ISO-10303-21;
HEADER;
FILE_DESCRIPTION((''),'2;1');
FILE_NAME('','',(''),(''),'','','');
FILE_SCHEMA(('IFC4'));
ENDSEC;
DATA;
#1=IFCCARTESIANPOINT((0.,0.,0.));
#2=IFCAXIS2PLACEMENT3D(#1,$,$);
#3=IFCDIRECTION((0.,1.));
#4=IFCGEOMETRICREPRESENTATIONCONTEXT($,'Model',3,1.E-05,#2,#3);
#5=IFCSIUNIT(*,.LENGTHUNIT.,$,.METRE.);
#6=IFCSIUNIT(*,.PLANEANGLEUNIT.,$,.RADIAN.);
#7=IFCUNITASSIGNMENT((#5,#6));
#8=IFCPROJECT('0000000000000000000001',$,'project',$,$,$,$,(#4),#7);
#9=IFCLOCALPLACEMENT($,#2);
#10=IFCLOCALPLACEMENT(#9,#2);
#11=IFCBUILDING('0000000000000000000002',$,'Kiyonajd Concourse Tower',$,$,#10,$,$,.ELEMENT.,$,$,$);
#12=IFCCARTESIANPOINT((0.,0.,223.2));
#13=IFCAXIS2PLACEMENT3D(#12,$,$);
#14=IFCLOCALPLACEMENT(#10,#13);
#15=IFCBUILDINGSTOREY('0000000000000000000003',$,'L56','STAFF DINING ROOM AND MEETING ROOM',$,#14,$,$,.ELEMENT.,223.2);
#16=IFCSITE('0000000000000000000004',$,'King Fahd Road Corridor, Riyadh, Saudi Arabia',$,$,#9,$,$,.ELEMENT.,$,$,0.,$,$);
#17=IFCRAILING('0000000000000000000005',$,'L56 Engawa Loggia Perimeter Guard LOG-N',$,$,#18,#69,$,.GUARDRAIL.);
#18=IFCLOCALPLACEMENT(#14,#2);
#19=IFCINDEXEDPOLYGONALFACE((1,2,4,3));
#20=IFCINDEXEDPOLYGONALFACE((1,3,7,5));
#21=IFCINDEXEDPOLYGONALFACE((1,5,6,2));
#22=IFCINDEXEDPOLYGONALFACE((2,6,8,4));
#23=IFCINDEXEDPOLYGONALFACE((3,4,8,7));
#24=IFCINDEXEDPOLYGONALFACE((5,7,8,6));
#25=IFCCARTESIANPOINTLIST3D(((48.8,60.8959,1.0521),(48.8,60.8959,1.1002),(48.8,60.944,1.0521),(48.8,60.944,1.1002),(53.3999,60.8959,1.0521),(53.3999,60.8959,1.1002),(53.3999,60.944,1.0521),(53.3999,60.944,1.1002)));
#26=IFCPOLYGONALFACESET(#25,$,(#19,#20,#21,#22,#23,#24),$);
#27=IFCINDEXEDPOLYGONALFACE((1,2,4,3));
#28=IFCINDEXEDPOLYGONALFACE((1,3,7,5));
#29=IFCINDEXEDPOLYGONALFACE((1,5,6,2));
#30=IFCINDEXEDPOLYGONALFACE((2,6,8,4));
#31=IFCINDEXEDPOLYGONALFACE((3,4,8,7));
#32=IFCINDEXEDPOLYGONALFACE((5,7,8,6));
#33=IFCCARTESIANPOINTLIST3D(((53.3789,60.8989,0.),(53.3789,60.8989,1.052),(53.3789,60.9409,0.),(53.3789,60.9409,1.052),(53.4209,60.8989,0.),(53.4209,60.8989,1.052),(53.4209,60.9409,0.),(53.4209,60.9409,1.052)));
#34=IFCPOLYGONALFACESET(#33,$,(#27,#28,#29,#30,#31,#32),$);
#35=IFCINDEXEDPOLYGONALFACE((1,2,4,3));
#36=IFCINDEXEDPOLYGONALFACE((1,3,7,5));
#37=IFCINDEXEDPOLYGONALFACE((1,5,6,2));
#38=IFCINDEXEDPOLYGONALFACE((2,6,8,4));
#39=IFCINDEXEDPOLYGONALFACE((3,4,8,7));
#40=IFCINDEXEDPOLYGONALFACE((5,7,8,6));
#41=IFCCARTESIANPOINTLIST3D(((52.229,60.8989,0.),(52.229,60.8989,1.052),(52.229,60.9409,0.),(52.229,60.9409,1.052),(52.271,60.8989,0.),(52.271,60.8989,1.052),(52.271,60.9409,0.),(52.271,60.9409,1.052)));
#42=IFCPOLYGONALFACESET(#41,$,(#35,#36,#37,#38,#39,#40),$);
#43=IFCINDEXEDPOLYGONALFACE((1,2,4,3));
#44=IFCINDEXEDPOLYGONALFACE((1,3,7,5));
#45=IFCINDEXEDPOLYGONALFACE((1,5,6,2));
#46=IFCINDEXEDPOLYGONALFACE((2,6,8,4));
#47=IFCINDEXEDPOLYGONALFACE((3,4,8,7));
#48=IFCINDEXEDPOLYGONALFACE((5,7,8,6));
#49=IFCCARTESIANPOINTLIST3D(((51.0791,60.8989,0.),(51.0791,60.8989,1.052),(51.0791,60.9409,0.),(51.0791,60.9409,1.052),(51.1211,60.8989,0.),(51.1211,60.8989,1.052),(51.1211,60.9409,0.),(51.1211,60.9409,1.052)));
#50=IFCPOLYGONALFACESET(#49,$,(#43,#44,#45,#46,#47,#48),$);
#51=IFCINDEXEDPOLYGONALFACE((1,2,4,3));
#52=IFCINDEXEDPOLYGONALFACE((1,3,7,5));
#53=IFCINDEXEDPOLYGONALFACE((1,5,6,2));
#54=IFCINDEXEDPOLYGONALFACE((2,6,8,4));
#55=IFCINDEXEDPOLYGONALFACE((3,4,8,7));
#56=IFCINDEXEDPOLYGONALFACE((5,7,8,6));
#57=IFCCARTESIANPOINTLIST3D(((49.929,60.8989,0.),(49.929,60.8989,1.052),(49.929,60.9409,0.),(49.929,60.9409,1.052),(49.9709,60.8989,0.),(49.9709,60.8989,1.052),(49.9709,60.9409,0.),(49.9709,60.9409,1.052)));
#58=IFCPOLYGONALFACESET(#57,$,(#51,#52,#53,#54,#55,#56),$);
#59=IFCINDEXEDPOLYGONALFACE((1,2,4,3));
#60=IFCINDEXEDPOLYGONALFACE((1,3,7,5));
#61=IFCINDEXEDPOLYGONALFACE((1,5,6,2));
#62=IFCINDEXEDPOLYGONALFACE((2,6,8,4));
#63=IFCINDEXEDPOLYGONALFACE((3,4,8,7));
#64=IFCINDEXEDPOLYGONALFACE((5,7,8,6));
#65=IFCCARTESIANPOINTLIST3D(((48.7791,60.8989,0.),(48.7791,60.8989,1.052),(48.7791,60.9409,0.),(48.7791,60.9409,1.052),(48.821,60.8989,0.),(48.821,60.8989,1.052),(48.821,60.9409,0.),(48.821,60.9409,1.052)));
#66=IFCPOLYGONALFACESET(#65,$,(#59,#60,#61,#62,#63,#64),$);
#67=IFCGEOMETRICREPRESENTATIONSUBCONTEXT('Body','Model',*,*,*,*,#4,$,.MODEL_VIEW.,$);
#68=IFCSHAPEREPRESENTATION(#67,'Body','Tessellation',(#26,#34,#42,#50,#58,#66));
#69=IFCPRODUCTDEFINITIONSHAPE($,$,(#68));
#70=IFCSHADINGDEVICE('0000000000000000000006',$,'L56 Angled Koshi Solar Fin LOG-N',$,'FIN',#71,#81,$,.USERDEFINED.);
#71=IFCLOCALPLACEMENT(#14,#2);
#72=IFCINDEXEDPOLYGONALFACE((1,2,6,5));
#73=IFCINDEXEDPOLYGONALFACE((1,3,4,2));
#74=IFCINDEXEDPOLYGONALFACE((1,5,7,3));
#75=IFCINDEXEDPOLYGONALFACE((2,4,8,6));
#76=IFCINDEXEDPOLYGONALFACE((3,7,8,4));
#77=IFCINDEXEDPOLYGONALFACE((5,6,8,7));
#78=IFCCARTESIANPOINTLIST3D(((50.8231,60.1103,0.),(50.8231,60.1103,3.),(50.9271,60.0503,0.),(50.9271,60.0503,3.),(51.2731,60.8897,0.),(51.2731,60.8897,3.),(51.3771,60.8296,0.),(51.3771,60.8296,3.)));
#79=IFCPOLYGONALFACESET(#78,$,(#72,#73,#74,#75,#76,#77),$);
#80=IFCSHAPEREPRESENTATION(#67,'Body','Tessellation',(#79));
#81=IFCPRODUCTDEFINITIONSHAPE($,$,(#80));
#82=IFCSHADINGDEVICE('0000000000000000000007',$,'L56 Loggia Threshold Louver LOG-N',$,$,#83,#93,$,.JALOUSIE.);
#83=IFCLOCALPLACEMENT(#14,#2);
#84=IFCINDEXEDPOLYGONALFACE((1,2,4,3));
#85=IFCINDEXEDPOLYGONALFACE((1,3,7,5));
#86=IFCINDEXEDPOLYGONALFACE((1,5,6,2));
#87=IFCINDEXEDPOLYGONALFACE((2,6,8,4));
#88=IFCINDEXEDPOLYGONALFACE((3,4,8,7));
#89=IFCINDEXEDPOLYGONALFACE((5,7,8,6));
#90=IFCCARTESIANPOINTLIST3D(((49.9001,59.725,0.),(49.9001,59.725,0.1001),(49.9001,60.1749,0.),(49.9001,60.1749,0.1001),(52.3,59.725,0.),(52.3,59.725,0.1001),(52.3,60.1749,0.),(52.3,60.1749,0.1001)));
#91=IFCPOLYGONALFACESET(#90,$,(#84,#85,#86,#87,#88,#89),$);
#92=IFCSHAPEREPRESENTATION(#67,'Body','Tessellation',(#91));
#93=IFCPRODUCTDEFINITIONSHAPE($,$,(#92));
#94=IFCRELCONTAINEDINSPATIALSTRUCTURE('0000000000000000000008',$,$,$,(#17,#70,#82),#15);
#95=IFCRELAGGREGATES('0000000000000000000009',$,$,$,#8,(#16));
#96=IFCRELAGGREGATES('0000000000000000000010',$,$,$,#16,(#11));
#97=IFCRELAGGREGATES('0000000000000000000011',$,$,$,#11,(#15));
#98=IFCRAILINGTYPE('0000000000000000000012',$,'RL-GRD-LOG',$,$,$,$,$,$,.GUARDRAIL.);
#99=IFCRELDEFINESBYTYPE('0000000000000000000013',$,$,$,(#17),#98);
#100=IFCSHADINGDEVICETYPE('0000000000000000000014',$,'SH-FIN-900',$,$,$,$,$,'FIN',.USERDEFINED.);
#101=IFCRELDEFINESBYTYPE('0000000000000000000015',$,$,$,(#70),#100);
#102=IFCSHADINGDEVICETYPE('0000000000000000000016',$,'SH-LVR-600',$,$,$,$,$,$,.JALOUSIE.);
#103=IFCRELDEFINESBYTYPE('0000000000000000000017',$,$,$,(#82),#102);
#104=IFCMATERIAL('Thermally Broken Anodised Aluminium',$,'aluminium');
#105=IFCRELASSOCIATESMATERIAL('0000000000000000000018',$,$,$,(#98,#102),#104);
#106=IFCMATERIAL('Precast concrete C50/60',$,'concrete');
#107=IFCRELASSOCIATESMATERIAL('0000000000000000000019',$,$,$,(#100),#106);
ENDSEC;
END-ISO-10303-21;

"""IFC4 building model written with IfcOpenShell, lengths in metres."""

from ifc_helpers import new_model, si_unit, direction, frame, origin, origin_2d, place, context, subcontext, project, spatial, rectangle, extrude, material, type_object, element, save


model = new_model("IFC4")

# Units and contexts
model_context = context("Model", 3, precision=1e-05, world=origin(), true_north=direction((0.0, 1.0)))
body_context = subcontext(model_context, "Body", "Model", "MODEL_VIEW")
ifc_project = project(units=[si_unit("LENGTHUNIT", "METRE"), si_unit("PLANEANGLEUNIT", "RADIAN")], contexts=[model_context])

# Site, building, storey
site_placement = place(None, origin())
site = spatial("IfcSite", under=ifc_project, at=site_placement, Name="King Fahd Road Corridor, Riyadh, Saudi Arabia", CompositionType="ELEMENT", RefElevation=0.0)
building_placement = place(site_placement, origin())
building = spatial("IfcBuilding", under=site, at=building_placement, Name="Kiyonajd Concourse Tower", CompositionType="ELEMENT")
storey_placement = place(building_placement, frame((0.0, 0.0, 223.2)))
storey = spatial("IfcBuildingStorey", under=building, at=storey_placement, Name="L56", Description="STAFF DINING ROOM AND MEETING ROOM", CompositionType="ELEMENT", Elevation=223.2)

# Shared definitions
ifc_material_1 = material(Name="Thermally Broken Anodised Aluminium", Category="aluminium")

# Shared definitions
ifc_material_2 = material(Name="Precast concrete C50/60", Category="concrete")

# Railing
railing_type = type_object("IfcRailingType", Name="RL-GRD-LOG", PredefinedType="GUARDRAIL", material=ifc_material_1)
railing_placement = place(storey_placement, frame((53.3999, 60.9199, 0.0)))
element("IfcRailing", 1, at=railing_placement, inside=storey, type_object=railing_type, Name="L56 Engawa Loggia Perimeter Guard LOG-N", PredefinedType="GUARDRAIL", context=body_context, shape_type="SweptSolid", body=[
    extrude(rectangle(XDim=0.0481, YDim=0.0481, at=origin_2d()), frame((0.0, 0.0, 1.0762), z_axis=(-1.0, 0.0, 0.0), x_axis=(0.0, -1.0, 0.0)), (0.0, 0.0, 1.0), 4.5999),
    extrude(rectangle(XDim=0.042, YDim=0.042, at=origin_2d()), origin(), (0.0, 0.0, 1.0), 1.052),
    extrude(rectangle(XDim=0.042, YDim=0.042, at=origin_2d()), frame((-1.1499, 0.0, 0.0)), (0.0, 0.0, 1.0), 1.052),
    extrude(rectangle(XDim=0.042, YDim=0.042, at=origin_2d()), frame((-2.2998, 0.0, 0.0)), (0.0, 0.0, 1.0), 1.052),
    extrude(rectangle(XDim=0.042, YDim=0.042, at=origin_2d()), frame((-3.45, 0.0, 0.0)), (0.0, 0.0, 1.0), 1.052),
    extrude(rectangle(XDim=0.042, YDim=0.042, at=origin_2d()), frame((-4.5999, 0.0, 0.0)), (0.0, 0.0, 1.0), 1.052),
])

# Shading devices
shading_device_type_1 = type_object("IfcShadingDeviceType", Name="SH-FIN-900", ElementType="FIN", PredefinedType="USERDEFINED", material=ifc_material_2)
shading_device_1_placement = place(storey_placement, frame((51.1001, 60.47, 0.0), z_axis=(0.0, 0.0, 1.0), x_axis=(0.5, 0.866025, 0.0)))
element("IfcShadingDevice", 2, at=shading_device_1_placement, inside=storey, type_object=shading_device_type_1, Name="L56 Angled Koshi Solar Fin LOG-N", ObjectType="FIN", PredefinedType="USERDEFINED", context=body_context, shape_type="SweptSolid", body=[
    extrude(rectangle(XDim=0.8999, YDim=0.1201, at=origin_2d()), origin(), (0.0, 0.0, 1.0), 3.0),
])
shading_device_type_2 = type_object("IfcShadingDeviceType", Name="SH-LVR-600", PredefinedType="JALOUSIE", material=ifc_material_1)
shading_device_2_placement = place(storey_placement, frame((51.1001, 59.95, 0.0), z_axis=(0.0, 0.0, 1.0), x_axis=(1.0, 0.0, 0.0)))
element("IfcShadingDevice", 3, at=shading_device_2_placement, inside=storey, type_object=shading_device_type_2, Name="L56 Loggia Threshold Louver LOG-N", PredefinedType="JALOUSIE", context=body_context, shape_type="SweptSolid", body=[
    extrude(rectangle(XDim=2.3999, YDim=0.45, at=origin_2d()), origin(), (0.0, 0.0, 1.0), 0.1001),
])

save(model, "model.ifc")
